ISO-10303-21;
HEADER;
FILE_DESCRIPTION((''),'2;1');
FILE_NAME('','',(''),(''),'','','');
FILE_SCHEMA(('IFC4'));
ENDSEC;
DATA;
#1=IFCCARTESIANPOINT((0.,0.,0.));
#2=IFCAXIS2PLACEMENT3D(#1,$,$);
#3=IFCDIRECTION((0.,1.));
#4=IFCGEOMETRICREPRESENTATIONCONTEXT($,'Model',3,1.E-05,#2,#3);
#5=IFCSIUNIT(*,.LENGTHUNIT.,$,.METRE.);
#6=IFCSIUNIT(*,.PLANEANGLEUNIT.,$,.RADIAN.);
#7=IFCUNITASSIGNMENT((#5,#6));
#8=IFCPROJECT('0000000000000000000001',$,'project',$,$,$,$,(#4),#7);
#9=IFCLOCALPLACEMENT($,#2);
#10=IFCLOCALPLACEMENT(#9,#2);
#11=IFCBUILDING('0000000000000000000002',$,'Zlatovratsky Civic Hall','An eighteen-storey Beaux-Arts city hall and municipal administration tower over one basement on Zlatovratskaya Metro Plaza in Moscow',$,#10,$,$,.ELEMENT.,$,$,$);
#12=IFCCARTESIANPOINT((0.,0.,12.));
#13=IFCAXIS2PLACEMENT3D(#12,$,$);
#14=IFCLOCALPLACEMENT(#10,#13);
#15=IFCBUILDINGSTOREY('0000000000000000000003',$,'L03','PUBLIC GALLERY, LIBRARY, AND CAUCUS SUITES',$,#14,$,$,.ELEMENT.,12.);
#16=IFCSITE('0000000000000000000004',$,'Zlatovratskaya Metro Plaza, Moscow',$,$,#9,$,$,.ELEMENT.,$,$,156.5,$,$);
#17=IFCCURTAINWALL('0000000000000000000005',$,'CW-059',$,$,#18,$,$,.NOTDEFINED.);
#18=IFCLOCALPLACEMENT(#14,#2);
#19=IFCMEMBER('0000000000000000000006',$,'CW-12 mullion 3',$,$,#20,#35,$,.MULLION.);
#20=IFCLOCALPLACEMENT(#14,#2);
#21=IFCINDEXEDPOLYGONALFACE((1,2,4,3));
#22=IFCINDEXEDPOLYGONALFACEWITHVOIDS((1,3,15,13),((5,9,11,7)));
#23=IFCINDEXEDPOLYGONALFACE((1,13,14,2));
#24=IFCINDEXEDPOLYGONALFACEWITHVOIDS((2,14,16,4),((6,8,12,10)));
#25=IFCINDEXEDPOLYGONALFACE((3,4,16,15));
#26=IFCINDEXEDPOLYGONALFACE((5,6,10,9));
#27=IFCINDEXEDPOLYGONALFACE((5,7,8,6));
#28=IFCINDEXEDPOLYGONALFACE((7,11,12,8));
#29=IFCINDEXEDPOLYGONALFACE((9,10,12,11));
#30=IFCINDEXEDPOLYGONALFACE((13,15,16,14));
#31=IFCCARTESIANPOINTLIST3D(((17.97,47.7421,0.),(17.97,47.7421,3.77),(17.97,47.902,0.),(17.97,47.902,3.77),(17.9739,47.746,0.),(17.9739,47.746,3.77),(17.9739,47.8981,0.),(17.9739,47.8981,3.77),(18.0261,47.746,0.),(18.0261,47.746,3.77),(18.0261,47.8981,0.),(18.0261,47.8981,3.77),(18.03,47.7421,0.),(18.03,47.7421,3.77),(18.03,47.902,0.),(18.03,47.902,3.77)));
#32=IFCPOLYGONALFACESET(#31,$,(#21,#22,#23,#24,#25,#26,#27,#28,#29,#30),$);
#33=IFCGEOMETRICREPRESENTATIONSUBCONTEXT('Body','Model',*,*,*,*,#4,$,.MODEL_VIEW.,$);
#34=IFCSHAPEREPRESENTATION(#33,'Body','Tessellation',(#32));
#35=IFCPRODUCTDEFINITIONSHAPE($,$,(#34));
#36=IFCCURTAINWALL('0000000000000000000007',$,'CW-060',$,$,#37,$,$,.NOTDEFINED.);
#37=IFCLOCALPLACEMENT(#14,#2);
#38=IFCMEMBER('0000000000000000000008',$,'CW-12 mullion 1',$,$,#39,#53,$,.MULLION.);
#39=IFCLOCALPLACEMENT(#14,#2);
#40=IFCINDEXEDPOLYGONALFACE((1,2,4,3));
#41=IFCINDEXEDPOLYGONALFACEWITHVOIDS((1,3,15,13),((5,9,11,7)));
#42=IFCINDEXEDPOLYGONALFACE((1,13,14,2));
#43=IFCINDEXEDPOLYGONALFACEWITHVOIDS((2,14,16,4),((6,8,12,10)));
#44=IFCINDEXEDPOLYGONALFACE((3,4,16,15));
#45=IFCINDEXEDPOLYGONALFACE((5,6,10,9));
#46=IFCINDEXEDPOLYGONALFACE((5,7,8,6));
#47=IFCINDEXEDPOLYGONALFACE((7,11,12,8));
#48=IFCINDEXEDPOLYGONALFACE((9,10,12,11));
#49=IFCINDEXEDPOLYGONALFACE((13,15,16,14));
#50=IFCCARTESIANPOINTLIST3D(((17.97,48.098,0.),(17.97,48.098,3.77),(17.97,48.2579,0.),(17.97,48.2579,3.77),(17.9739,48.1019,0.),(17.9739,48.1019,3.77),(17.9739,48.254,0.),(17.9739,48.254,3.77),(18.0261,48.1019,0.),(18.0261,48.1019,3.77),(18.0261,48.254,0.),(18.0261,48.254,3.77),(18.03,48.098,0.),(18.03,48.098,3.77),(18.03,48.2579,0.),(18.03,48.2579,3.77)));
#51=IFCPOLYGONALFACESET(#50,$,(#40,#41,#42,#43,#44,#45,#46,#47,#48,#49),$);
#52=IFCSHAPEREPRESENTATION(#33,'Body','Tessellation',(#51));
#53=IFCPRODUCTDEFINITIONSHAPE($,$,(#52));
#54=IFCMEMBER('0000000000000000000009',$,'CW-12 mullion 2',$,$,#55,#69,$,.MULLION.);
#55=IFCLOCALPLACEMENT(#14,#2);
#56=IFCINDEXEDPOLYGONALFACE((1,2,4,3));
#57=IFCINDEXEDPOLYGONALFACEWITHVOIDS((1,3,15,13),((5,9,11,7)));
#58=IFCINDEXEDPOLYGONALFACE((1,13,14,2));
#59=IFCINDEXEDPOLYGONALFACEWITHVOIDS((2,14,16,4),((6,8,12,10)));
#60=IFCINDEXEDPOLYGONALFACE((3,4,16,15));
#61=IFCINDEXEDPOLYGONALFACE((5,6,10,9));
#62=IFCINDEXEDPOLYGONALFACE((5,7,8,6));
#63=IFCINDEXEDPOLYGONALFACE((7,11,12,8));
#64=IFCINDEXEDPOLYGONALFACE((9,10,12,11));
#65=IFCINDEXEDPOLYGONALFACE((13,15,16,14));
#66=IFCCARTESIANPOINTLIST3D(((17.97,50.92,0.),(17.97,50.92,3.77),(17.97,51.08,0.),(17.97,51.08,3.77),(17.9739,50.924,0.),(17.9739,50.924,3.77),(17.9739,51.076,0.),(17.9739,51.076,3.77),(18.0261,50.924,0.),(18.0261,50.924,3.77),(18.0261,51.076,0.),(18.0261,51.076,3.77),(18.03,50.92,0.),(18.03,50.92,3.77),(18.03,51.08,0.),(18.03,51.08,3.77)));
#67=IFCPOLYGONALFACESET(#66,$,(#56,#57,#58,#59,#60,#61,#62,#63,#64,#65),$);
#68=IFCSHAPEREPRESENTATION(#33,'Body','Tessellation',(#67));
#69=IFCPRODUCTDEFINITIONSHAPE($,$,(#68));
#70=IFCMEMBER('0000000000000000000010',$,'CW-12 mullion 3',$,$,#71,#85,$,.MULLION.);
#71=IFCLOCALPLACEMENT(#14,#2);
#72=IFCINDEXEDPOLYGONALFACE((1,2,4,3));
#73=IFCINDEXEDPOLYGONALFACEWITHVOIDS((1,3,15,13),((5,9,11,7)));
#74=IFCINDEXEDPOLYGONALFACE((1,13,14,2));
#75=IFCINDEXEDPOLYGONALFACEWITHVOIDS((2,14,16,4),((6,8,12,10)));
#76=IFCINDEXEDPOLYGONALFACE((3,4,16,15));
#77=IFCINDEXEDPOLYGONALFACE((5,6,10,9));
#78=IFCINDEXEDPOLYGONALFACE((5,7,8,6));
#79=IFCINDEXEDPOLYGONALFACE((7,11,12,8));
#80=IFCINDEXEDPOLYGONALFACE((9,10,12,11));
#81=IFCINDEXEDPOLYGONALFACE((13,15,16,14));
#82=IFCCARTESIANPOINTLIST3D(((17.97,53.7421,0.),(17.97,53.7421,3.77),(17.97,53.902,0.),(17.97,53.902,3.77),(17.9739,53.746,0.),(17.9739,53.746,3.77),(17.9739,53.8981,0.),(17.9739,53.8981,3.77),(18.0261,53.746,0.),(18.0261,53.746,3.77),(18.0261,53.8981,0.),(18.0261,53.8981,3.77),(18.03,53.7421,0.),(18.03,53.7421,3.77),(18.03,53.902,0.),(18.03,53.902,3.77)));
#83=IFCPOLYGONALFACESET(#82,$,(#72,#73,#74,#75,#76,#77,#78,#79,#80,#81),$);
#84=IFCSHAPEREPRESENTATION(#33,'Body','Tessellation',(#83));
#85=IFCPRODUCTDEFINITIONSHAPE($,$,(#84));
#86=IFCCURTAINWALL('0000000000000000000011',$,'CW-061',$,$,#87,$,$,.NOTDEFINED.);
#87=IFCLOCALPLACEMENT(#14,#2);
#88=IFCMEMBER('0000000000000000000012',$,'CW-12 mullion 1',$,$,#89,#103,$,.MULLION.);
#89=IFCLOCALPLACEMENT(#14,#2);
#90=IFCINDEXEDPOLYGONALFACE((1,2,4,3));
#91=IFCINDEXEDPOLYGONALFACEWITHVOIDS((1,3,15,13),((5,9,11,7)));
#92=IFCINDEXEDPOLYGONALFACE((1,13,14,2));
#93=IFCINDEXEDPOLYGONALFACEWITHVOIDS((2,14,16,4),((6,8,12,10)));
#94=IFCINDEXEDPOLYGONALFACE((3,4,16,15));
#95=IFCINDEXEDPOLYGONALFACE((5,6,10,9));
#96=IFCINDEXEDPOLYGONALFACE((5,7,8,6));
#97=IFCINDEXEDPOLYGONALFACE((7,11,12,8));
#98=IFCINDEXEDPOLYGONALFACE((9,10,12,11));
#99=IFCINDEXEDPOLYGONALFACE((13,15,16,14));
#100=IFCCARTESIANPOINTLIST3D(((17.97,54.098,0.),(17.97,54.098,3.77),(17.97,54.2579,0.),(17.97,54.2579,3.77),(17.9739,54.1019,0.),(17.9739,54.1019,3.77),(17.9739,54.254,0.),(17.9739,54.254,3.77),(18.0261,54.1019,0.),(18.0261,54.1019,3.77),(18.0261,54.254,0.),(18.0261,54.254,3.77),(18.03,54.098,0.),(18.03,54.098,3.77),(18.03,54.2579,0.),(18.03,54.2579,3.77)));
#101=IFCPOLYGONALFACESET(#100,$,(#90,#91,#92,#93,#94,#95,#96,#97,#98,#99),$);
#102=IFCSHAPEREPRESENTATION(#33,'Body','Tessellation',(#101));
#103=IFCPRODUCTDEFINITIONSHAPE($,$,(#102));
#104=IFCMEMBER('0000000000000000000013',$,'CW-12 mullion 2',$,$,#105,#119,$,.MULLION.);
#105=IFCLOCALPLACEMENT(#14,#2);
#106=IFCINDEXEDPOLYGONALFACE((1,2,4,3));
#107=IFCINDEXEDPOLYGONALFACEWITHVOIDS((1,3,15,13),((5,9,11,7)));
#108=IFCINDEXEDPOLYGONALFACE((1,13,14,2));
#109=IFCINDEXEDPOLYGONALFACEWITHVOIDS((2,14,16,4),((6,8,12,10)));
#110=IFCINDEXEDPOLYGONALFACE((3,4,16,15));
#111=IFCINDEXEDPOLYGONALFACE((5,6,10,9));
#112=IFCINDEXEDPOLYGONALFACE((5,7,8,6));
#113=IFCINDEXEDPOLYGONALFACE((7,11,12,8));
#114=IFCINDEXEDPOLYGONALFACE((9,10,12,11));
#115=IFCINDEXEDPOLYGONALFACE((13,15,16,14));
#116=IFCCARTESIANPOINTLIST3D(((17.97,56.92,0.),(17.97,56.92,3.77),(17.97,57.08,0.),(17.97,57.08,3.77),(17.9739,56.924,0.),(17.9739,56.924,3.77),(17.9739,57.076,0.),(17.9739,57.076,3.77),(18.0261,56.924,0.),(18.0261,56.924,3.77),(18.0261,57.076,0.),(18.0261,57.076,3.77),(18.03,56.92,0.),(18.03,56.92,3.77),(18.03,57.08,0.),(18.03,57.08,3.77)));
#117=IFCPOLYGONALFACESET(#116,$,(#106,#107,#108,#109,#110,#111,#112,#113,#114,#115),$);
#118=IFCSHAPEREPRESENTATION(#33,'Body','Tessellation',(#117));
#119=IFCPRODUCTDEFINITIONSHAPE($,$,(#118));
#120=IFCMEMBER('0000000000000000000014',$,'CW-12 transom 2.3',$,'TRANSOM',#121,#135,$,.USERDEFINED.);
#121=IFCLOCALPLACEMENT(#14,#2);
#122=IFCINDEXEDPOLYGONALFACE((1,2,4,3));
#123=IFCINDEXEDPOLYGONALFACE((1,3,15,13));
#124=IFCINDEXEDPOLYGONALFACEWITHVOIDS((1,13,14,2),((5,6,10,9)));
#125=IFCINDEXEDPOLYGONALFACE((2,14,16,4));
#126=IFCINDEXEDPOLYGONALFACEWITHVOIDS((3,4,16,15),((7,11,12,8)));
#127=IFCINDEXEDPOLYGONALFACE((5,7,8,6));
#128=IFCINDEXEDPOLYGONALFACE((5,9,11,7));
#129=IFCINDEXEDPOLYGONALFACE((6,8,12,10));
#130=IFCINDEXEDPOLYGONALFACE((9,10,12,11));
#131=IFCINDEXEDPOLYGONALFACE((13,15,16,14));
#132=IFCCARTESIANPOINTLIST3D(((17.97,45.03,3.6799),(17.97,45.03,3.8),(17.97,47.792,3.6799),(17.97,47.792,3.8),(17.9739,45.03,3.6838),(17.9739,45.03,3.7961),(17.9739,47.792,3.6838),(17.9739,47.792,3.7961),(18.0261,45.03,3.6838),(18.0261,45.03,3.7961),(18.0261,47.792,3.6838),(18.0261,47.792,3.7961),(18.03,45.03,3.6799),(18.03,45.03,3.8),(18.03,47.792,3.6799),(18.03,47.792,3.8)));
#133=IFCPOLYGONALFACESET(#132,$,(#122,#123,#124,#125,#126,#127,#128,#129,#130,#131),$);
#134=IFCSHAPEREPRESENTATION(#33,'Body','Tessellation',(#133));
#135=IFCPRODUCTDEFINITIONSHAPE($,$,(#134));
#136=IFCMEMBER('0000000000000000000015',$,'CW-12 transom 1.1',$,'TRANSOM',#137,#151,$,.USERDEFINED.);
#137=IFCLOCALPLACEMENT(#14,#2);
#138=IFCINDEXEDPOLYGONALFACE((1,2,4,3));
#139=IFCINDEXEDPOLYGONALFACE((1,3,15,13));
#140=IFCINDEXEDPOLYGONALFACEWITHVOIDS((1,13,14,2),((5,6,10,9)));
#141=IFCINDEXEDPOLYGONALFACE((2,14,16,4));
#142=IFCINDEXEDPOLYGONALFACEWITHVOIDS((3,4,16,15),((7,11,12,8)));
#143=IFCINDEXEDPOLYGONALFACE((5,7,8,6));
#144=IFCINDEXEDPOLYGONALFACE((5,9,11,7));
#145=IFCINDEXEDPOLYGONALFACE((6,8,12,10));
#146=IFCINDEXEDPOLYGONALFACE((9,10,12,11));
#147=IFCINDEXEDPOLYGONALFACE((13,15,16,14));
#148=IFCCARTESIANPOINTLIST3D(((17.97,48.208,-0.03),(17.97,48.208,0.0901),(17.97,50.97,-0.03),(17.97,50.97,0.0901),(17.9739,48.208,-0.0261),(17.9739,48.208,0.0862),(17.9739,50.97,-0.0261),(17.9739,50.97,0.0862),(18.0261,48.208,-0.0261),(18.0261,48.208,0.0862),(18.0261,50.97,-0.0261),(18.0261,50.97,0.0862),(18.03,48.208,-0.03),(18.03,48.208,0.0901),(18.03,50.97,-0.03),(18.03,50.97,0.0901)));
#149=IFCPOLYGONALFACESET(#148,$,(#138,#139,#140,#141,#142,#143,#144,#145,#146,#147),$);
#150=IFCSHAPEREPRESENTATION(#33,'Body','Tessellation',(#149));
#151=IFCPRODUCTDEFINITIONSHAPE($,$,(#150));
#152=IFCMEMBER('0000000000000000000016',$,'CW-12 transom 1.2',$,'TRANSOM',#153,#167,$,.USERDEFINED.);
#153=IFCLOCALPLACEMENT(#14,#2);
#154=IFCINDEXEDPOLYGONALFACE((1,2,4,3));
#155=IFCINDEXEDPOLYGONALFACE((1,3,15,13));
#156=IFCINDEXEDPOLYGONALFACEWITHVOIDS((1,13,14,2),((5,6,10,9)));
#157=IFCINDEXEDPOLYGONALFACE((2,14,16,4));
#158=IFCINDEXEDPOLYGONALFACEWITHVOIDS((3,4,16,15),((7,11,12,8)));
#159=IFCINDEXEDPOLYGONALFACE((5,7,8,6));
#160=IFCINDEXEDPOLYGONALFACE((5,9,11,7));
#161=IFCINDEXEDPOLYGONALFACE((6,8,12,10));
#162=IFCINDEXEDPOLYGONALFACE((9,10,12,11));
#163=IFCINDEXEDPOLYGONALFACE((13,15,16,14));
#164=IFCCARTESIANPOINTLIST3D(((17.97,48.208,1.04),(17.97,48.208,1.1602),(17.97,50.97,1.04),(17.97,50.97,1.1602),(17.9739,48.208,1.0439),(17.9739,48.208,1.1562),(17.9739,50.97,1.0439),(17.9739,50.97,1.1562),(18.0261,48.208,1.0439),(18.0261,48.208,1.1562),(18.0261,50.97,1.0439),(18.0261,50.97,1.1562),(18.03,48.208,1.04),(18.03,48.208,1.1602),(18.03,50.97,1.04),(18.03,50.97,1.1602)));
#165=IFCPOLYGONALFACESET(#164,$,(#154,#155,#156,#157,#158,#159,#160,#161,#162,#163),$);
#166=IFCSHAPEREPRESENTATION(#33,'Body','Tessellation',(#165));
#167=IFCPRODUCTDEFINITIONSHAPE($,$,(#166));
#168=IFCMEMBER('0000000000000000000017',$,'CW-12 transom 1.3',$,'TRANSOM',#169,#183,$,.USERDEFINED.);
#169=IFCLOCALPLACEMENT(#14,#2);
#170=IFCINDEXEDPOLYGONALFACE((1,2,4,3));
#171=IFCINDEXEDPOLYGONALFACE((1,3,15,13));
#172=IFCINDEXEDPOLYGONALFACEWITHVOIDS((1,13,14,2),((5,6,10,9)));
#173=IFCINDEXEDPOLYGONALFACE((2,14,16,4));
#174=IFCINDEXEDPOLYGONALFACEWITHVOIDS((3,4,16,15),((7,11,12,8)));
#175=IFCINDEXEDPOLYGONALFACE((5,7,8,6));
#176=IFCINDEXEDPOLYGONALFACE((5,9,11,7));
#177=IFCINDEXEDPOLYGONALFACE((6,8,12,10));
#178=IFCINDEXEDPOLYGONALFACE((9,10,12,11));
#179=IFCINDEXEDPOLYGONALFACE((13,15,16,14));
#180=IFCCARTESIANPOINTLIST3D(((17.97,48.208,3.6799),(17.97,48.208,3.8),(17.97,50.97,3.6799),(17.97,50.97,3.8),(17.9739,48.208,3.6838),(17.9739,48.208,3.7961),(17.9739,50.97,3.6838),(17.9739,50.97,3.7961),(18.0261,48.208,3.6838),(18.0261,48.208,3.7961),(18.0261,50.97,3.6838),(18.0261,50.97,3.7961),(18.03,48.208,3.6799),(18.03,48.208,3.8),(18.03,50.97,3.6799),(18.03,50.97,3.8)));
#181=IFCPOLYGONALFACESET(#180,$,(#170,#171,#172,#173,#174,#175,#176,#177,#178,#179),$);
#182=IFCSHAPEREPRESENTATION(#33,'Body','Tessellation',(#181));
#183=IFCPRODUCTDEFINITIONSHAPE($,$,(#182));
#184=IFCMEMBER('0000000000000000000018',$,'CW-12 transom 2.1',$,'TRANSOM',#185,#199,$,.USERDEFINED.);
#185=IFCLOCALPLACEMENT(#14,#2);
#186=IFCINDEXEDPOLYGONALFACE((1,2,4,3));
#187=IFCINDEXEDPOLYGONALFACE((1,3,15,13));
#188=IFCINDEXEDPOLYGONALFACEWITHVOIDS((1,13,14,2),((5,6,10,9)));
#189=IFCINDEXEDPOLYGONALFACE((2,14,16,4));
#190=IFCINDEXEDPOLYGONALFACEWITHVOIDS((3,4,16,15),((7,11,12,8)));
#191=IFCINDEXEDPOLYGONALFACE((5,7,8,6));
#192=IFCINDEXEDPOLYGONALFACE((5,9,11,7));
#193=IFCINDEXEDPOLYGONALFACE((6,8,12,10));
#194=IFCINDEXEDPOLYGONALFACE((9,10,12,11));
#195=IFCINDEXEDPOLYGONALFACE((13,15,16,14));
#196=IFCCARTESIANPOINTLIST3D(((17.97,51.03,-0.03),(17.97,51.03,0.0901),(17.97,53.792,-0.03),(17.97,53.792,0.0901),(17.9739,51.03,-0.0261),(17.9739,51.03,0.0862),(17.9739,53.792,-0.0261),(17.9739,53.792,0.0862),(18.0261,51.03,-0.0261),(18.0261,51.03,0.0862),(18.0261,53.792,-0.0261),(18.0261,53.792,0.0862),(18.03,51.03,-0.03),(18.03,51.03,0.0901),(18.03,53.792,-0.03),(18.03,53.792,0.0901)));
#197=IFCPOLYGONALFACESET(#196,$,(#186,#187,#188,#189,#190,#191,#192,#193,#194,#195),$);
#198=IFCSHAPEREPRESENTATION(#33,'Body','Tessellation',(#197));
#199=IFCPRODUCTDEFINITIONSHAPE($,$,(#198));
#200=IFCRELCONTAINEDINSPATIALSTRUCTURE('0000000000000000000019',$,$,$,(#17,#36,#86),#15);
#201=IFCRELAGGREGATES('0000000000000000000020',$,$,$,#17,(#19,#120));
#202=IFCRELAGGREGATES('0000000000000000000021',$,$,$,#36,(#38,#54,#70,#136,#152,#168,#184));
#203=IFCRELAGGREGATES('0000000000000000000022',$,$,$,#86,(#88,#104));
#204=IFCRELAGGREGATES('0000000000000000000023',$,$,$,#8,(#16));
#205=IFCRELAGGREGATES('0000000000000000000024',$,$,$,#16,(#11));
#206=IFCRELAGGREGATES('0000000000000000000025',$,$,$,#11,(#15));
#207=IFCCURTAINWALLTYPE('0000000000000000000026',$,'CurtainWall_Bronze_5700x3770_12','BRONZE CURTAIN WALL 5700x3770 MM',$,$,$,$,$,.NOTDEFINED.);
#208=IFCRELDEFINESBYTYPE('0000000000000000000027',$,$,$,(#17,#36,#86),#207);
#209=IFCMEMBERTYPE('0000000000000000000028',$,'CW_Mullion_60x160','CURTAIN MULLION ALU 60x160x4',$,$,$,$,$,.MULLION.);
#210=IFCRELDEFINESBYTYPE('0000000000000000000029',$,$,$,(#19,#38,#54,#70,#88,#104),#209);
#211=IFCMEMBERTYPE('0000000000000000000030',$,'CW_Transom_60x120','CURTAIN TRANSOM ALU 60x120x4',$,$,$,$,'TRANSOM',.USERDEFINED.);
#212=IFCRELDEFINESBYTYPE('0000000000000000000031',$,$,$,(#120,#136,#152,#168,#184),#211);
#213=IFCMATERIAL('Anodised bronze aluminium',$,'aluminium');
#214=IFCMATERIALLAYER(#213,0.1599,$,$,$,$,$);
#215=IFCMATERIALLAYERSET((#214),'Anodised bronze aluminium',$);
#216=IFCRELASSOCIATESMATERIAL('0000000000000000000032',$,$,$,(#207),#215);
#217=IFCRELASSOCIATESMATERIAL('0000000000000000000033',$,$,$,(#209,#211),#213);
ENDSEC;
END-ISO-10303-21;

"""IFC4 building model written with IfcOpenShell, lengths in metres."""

from ifc_helpers import new_model, si_unit, direction, frame, origin, origin_2d, place, context, subcontext, project, spatial, hollow_rectangle, extrude, material, layer, layer_set, material_profile, profile_set, type_object, element, aggregate, save


model = new_model("IFC4")

# Units and contexts
model_context = context("Model", 3, precision=1e-05, world=origin(), true_north=direction((0.0, 1.0)))
body_context = subcontext(model_context, "Body", "Model", "MODEL_VIEW")
ifc_project = project(units=[si_unit("LENGTHUNIT", "METRE"), si_unit("PLANEANGLEUNIT", "RADIAN")], contexts=[model_context])

# Site, building, storey
site_placement = place(None, origin())
site = spatial("IfcSite", under=ifc_project, at=site_placement, Name="Zlatovratskaya Metro Plaza, Moscow", CompositionType="ELEMENT", RefElevation=156.5)
building_placement = place(site_placement, origin())
building = spatial("IfcBuilding", under=site, at=building_placement, Name="Zlatovratsky Civic Hall", Description="An eighteen-storey Beaux-Arts city hall and municipal administration tower over one basement on Zlatovratskaya Metro Plaza in Moscow", CompositionType="ELEMENT")
storey_placement = place(building_placement, frame((0.0, 0.0, 12.0)))
storey = spatial("IfcBuildingStorey", under=building, at=storey_placement, Name="L03", Description="PUBLIC GALLERY, LIBRARY, AND CAUCUS SUITES", CompositionType="ELEMENT", Elevation=12.0)

# Curtain wall, member
ifc_material_1 = material(Name="Anodised bronze aluminium", Category="aluminium")
ifc_layer_1 = layer(ifc_material_1, 0.1599)
ifc_layer_set_1 = layer_set([ifc_layer_1], Name="Anodised bronze aluminium")
curtain_wall_type = type_object("IfcCurtainWallType", Name="CurtainWall_Bronze_5700x3770_12", Description="BRONZE CURTAIN WALL 5700x3770 MM", PredefinedType="NOTDEFINED", material=ifc_layer_set_1)
curtain_wall_1_placement = place(storey_placement, origin())
curtain_wall_1 = element("IfcCurtainWall", 1, at=curtain_wall_1_placement, inside=storey, type_object=curtain_wall_type, Name="CW-059", PredefinedType="NOTDEFINED")
ifc_material_profile_1 = material_profile(ifc_material_1, hollow_rectangle(XDim=0.0601, YDim=0.1599, WallThickness=0.0039, at=origin_2d()), Name="ALU 60x160x4")
ifc_profile_set_1 = profile_set([ifc_material_profile_1], Name="Anodised bronze aluminium")
member_type_1 = type_object("IfcMemberType", Name="CW_Mullion_60x160", Description="CURTAIN MULLION ALU 60x160x4", PredefinedType="MULLION", material=ifc_profile_set_1)
member_1_placement = place(storey_placement, frame((18.0, 47.822, 0.0), z_axis=(0.0, 0.0, 1.0), x_axis=(-1.0, 0.0, 0.0)))
member_1 = element("IfcMember", 2, at=member_1_placement, type_object=member_type_1, Name="CW-12 mullion 3", PredefinedType="MULLION", context=body_context, shape_type="SweptSolid", body=[
    extrude(hollow_rectangle(XDim=0.0601, YDim=0.1599, WallThickness=0.0039, at=origin_2d()), origin(), (0.0, 0.0, 1.0), 3.77),
])

# Curtain walls, members
curtain_wall_2_placement = place(storey_placement, origin())
curtain_wall_2 = element("IfcCurtainWall", 3, at=curtain_wall_2_placement, inside=storey, type_object=curtain_wall_type, Name="CW-060", PredefinedType="NOTDEFINED")
member_2_placement = place(storey_placement, frame((18.0, 48.178, 0.0), z_axis=(0.0, 0.0, 1.0), x_axis=(-1.0, 0.0, 0.0)))
member_2 = element("IfcMember", 4, at=member_2_placement, type_object=member_type_1, Name="CW-12 mullion 1", PredefinedType="MULLION", context=body_context, shape_type="SweptSolid", body=[
    extrude(hollow_rectangle(XDim=0.0601, YDim=0.1599, WallThickness=0.0039, at=origin_2d()), origin(), (0.0, 0.0, 1.0), 3.77),
])
member_3_placement = place(storey_placement, frame((18.0, 51.0, 0.0), z_axis=(0.0, 0.0, 1.0), x_axis=(-1.0, 0.0, 0.0)))
member_3 = element("IfcMember", 5, at=member_3_placement, type_object=member_type_1, Name="CW-12 mullion 2", PredefinedType="MULLION", context=body_context, shape_type="SweptSolid", body=[
    extrude(hollow_rectangle(XDim=0.0601, YDim=0.1599, WallThickness=0.0039, at=origin_2d()), origin(), (0.0, 0.0, 1.0), 3.77),
])
member_4_placement = place(storey_placement, frame((18.0, 53.822, 0.0), z_axis=(0.0, 0.0, 1.0), x_axis=(-1.0, 0.0, 0.0)))
member_4 = element("IfcMember", 6, at=member_4_placement, type_object=member_type_1, Name="CW-12 mullion 3", PredefinedType="MULLION", context=body_context, shape_type="SweptSolid", body=[
    extrude(hollow_rectangle(XDim=0.0601, YDim=0.1599, WallThickness=0.0039, at=origin_2d()), origin(), (0.0, 0.0, 1.0), 3.77),
])
curtain_wall_3_placement = place(storey_placement, origin())
curtain_wall_3 = element("IfcCurtainWall", 7, at=curtain_wall_3_placement, inside=storey, type_object=curtain_wall_type, Name="CW-061", PredefinedType="NOTDEFINED")
member_5_placement = place(storey_placement, frame((18.0, 54.178, 0.0), z_axis=(0.0, 0.0, 1.0), x_axis=(-1.0, 0.0, 0.0)))
member_5 = element("IfcMember", 8, at=member_5_placement, type_object=member_type_1, Name="CW-12 mullion 1", PredefinedType="MULLION", context=body_context, shape_type="SweptSolid", body=[
    extrude(hollow_rectangle(XDim=0.0601, YDim=0.1599, WallThickness=0.0039, at=origin_2d()), origin(), (0.0, 0.0, 1.0), 3.77),
])
member_6_placement = place(storey_placement, frame((18.0, 57.0, 0.0), z_axis=(0.0, 0.0, 1.0), x_axis=(-1.0, 0.0, 0.0)))
member_6 = element("IfcMember", 9, at=member_6_placement, type_object=member_type_1, Name="CW-12 mullion 2", PredefinedType="MULLION", context=body_context, shape_type="SweptSolid", body=[
    extrude(hollow_rectangle(XDim=0.0601, YDim=0.1599, WallThickness=0.0039, at=origin_2d()), origin(), (0.0, 0.0, 1.0), 3.77),
])

# Members
ifc_material_profile_2 = material_profile(ifc_material_1, hollow_rectangle(XDim=0.0601, YDim=0.1201, WallThickness=0.0039, at=origin_2d()), Name="ALU 60x120x4")
ifc_profile_set_2 = profile_set([ifc_material_profile_2], Name="Anodised bronze aluminium")
member_type_2 = type_object("IfcMemberType", Name="CW_Transom_60x120", Description="CURTAIN TRANSOM ALU 60x120x4", ElementType="TRANSOM", PredefinedType="USERDEFINED", material=ifc_profile_set_2)
member_7_placement = place(storey_placement, frame((18.0, 45.03, 3.74), z_axis=(0.0, 1.0, 0.0), x_axis=(-1.0, 0.0, 0.0)))
member_7 = element("IfcMember", 10, at=member_7_placement, type_object=member_type_2, Name="CW-12 transom 2.3", ObjectType="TRANSOM", PredefinedType="USERDEFINED", context=body_context, shape_type="SweptSolid", body=[
    extrude(hollow_rectangle(XDim=0.0601, YDim=0.1201, WallThickness=0.0039, at=origin_2d()), origin(), (0.0, 0.0, 1.0), 2.762),
])
member_8_placement = place(storey_placement, frame((18.0, 48.208, 0.03), z_axis=(0.0, 1.0, 0.0), x_axis=(-1.0, 0.0, 0.0)))
member_8 = element("IfcMember", 11, at=member_8_placement, type_object=member_type_2, Name="CW-12 transom 1.1", ObjectType="TRANSOM", PredefinedType="USERDEFINED", context=body_context, shape_type="SweptSolid", body=[
    extrude(hollow_rectangle(XDim=0.0601, YDim=0.1201, WallThickness=0.0039, at=origin_2d()), origin(), (0.0, 0.0, 1.0), 2.762),
])
member_9_placement = place(storey_placement, frame((18.0, 48.208, 1.1001), z_axis=(0.0, 1.0, 0.0), x_axis=(-1.0, 0.0, 0.0)))
member_9 = element("IfcMember", 12, at=member_9_placement, type_object=member_type_2, Name="CW-12 transom 1.2", ObjectType="TRANSOM", PredefinedType="USERDEFINED", context=body_context, shape_type="SweptSolid", body=[
    extrude(hollow_rectangle(XDim=0.0601, YDim=0.1201, WallThickness=0.0039, at=origin_2d()), origin(), (0.0, 0.0, 1.0), 2.762),
])
member_10_placement = place(storey_placement, frame((18.0, 48.208, 3.74), z_axis=(0.0, 1.0, 0.0), x_axis=(-1.0, 0.0, 0.0)))
member_10 = element("IfcMember", 13, at=member_10_placement, type_object=member_type_2, Name="CW-12 transom 1.3", ObjectType="TRANSOM", PredefinedType="USERDEFINED", context=body_context, shape_type="SweptSolid", body=[
    extrude(hollow_rectangle(XDim=0.0601, YDim=0.1201, WallThickness=0.0039, at=origin_2d()), origin(), (0.0, 0.0, 1.0), 2.762),
])
member_11_placement = place(storey_placement, frame((18.0, 51.03, 0.03), z_axis=(0.0, 1.0, 0.0), x_axis=(-1.0, 0.0, 0.0)))
member_11 = element("IfcMember", 14, at=member_11_placement, type_object=member_type_2, Name="CW-12 transom 2.1", ObjectType="TRANSOM", PredefinedType="USERDEFINED", context=body_context, shape_type="SweptSolid", body=[
    extrude(hollow_rectangle(XDim=0.0601, YDim=0.1201, WallThickness=0.0039, at=origin_2d()), origin(), (0.0, 0.0, 1.0), 2.762),
])

aggregate(curtain_wall_1, [member_1, member_7])
aggregate(curtain_wall_2, [member_2, member_3, member_4, member_8, member_9, member_10, member_11])
aggregate(curtain_wall_3, [member_5, member_6])

save(model, "model.ifc")
